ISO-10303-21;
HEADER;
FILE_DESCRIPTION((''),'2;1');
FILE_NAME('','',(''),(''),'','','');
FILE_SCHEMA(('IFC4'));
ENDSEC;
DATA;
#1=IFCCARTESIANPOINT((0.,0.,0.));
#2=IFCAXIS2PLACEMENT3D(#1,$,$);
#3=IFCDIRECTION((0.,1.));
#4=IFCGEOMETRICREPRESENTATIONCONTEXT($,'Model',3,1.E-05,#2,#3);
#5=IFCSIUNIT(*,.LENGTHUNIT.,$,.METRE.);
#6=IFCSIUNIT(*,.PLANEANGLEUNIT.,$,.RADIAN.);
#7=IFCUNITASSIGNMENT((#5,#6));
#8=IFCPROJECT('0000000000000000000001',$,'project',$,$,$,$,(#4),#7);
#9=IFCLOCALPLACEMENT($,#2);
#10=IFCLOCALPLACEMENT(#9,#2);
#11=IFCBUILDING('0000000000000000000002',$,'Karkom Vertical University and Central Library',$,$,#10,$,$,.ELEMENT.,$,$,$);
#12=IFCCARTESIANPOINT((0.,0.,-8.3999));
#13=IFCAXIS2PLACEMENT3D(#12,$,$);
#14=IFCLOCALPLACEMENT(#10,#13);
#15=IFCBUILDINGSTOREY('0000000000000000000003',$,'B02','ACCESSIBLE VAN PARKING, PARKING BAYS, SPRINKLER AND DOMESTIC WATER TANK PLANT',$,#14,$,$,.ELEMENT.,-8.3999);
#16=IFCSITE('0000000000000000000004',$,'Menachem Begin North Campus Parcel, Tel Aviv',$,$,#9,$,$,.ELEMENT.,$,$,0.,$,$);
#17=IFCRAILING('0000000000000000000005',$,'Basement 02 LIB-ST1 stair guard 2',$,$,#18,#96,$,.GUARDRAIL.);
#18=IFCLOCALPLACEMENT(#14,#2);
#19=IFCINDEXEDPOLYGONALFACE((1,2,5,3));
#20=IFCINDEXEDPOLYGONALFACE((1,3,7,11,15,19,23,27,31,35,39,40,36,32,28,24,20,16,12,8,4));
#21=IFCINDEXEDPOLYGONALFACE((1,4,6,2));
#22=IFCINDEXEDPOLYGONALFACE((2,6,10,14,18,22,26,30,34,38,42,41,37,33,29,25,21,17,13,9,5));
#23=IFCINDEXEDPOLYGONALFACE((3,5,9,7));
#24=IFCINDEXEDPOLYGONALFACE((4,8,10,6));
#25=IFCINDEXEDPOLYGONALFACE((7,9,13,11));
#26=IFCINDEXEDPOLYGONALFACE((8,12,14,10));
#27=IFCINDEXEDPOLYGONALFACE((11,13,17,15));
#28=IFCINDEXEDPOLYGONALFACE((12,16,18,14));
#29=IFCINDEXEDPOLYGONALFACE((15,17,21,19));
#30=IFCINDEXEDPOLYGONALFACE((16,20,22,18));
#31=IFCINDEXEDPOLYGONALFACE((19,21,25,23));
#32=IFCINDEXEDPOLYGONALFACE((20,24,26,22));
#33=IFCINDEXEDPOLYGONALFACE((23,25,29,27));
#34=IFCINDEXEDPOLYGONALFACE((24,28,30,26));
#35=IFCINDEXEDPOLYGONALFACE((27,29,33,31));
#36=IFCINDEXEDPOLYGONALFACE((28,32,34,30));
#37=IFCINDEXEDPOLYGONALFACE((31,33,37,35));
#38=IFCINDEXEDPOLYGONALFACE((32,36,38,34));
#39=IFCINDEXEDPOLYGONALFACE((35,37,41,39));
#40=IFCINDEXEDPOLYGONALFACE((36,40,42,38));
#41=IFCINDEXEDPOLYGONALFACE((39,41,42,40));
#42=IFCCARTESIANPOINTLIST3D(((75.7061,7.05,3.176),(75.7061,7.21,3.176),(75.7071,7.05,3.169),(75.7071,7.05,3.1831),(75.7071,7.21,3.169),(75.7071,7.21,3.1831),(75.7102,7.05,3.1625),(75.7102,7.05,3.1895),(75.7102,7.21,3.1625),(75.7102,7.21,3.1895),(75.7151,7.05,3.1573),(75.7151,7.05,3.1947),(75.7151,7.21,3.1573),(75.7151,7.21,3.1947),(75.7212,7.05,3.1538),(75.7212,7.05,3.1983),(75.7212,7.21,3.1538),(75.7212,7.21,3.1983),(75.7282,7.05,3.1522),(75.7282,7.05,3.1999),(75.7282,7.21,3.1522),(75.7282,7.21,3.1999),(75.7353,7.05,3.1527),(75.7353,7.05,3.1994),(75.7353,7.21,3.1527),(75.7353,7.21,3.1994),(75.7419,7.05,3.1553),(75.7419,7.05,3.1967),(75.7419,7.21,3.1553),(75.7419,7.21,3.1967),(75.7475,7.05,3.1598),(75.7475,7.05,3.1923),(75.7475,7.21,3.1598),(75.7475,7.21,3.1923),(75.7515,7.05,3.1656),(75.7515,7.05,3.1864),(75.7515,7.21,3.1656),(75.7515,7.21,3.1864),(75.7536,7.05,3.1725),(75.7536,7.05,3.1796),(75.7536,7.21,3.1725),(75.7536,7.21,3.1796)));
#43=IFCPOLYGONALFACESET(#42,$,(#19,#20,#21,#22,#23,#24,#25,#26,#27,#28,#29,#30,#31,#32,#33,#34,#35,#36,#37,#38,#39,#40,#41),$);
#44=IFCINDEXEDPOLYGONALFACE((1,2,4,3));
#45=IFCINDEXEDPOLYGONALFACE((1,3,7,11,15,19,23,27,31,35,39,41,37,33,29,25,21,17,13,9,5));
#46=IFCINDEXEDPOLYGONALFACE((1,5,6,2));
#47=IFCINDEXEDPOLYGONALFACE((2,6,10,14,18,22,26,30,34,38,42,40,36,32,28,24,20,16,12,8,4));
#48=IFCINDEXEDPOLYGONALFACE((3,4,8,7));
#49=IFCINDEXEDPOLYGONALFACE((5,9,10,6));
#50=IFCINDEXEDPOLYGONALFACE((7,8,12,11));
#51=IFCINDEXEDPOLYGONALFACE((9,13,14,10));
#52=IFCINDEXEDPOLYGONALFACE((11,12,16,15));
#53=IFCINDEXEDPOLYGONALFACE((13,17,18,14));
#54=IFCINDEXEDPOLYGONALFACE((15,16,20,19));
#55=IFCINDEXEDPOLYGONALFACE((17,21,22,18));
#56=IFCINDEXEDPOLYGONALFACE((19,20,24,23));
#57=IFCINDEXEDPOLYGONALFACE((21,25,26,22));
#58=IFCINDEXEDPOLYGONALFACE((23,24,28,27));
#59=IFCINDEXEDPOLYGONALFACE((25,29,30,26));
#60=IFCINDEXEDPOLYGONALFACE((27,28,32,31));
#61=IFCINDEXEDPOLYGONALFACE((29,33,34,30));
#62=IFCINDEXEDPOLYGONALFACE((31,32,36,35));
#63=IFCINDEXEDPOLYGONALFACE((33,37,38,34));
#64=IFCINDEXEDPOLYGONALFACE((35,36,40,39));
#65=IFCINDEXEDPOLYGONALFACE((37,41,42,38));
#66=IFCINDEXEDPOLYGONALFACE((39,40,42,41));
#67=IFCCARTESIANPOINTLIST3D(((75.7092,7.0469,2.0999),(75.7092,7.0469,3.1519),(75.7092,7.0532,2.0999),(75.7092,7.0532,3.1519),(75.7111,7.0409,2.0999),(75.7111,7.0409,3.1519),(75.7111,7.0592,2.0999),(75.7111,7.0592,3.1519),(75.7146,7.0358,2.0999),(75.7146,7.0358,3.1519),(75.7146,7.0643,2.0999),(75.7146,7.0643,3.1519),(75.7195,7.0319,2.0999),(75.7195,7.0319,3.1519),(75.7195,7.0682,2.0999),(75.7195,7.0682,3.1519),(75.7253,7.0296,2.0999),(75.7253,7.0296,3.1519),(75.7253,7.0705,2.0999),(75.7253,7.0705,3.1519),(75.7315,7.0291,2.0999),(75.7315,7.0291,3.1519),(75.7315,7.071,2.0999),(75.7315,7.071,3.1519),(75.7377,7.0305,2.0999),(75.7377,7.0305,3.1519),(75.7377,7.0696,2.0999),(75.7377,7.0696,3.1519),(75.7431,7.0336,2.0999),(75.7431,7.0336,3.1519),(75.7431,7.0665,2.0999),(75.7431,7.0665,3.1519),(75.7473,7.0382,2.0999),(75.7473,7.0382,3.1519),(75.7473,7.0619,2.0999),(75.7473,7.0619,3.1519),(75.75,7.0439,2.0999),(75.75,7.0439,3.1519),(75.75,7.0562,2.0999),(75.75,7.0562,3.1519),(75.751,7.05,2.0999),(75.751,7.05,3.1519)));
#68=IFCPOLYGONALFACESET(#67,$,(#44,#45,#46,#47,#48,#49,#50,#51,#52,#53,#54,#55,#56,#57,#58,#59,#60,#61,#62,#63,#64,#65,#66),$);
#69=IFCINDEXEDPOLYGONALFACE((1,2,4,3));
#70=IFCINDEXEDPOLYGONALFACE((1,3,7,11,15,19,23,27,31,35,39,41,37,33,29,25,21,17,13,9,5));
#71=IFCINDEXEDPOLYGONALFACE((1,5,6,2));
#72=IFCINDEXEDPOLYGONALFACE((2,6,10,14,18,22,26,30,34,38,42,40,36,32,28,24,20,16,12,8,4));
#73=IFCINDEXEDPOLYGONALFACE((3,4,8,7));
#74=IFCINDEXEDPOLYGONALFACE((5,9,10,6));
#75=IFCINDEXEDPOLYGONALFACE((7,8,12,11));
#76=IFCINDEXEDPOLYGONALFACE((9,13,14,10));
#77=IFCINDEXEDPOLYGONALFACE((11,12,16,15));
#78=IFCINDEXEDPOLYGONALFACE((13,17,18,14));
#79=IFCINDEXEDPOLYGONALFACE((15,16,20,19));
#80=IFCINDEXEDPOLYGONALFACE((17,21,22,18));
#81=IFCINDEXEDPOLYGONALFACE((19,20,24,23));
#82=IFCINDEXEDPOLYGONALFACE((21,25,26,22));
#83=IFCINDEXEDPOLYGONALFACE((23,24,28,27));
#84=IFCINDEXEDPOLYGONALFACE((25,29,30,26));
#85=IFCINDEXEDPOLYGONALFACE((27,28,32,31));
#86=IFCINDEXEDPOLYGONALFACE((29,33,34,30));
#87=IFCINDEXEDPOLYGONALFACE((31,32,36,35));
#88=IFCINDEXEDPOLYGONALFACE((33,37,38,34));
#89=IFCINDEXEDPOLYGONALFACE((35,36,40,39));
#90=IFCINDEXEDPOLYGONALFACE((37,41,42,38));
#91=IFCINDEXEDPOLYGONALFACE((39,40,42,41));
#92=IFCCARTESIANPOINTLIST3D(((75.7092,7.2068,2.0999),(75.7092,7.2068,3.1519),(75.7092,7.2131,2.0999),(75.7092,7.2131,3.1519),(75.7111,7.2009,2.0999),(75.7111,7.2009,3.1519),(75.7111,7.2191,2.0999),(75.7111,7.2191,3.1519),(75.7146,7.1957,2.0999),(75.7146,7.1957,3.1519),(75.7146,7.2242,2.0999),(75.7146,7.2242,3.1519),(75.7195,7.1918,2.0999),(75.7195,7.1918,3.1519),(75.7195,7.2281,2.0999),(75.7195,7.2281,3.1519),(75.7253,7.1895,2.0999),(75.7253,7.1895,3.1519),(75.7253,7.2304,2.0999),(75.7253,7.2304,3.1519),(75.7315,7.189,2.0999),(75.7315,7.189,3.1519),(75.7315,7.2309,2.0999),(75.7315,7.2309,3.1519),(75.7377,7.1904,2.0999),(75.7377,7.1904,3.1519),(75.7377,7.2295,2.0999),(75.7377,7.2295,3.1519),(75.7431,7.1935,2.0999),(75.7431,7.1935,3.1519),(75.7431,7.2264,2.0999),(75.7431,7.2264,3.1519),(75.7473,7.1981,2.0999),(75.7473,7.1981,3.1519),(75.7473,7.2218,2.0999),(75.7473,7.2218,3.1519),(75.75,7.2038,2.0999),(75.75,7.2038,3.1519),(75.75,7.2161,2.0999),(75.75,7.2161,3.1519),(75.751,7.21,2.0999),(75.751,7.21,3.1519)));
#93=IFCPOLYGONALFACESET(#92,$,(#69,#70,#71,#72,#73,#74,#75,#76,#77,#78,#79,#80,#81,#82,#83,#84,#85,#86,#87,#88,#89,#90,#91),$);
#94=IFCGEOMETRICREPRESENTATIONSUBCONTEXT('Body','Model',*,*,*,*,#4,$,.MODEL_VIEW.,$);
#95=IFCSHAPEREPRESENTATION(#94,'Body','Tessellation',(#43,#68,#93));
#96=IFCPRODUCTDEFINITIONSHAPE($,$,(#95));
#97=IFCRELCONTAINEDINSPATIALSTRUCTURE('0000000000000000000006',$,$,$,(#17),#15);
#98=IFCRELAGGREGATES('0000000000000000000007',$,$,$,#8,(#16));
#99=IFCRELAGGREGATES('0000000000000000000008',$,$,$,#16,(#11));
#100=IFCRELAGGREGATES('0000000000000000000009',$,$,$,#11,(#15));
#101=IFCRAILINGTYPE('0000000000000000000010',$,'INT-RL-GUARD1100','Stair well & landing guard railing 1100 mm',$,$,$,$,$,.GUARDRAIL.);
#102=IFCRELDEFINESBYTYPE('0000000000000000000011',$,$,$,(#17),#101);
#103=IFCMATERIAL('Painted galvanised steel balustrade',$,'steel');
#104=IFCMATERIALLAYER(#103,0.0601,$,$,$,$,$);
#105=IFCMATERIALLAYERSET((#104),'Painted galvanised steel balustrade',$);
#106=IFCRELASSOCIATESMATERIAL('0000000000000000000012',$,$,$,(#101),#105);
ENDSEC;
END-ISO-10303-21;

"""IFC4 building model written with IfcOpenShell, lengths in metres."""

from ifc_helpers import new_model, si_unit, direction, frame, origin, origin_2d, place, context, subcontext, project, spatial, circle, extrude, material, layer, layer_set, type_object, element, save


model = new_model("IFC4")

# Units and contexts
model_context = context("Model", 3, precision=1e-05, world=origin(), true_north=direction((0.0, 1.0)))
body_context = subcontext(model_context, "Body", "Model", "MODEL_VIEW")
ifc_project = project(units=[si_unit("LENGTHUNIT", "METRE"), si_unit("PLANEANGLEUNIT", "RADIAN")], contexts=[model_context])

# Site, building, storey
site_placement = place(None, origin())
site = spatial("IfcSite", under=ifc_project, at=site_placement, Name="Menachem Begin North Campus Parcel, Tel Aviv", CompositionType="ELEMENT", RefElevation=0.0)
building_placement = place(site_placement, origin())
building = spatial("IfcBuilding", under=site, at=building_placement, Name="Karkom Vertical University and Central Library", CompositionType="ELEMENT")
storey_placement = place(building_placement, frame((0.0, 0.0, -8.3999)))
storey = spatial("IfcBuildingStorey", under=building, at=storey_placement, Name="B02", Description="ACCESSIBLE VAN PARKING, PARKING BAYS, SPRINKLER AND DOMESTIC WATER TANK PLANT", CompositionType="ELEMENT", Elevation=-8.3999)

# Railing
ifc_material_1 = material(Name="Painted galvanised steel balustrade", Category="steel")
ifc_layer_1 = layer(ifc_material_1, 0.0601)
ifc_layer_set_1 = layer_set([ifc_layer_1], Name="Painted galvanised steel balustrade")
railing_type_1 = type_object("IfcRailingType", Name="INT-RL-GUARD1100", Description="Stair well & landing guard railing 1100 mm", PredefinedType="GUARDRAIL", material=ifc_layer_set_1)
railing_1_placement = place(storey_placement, frame((75.73, 7.05, 2.0999)))
element("IfcRailing", 1, at=railing_1_placement, inside=storey, type_object=railing_type_1, Name="Basement 02 LIB-ST1 stair guard 2", PredefinedType="GUARDRAIL", context=body_context, shape_type="SweptSolid", body=[
    extrude(circle(Radius=0.0239, at=origin_2d()), frame((0.0, 0.0, 1.0762), z_axis=(0.0, 1.0, 0.0), x_axis=(-1.0, 0.0, 0.0)), (0.0, 0.0, 1.0), 0.1599),
    extrude(circle(Radius=0.021, at=origin_2d()), origin(), (0.0, 0.0, 1.0), 1.052),
    extrude(circle(Radius=0.021, at=origin_2d()), frame((0.0, 0.1599, 0.0)), (0.0, 0.0, 1.0), 1.052),
])

save(model, "model.ifc")
